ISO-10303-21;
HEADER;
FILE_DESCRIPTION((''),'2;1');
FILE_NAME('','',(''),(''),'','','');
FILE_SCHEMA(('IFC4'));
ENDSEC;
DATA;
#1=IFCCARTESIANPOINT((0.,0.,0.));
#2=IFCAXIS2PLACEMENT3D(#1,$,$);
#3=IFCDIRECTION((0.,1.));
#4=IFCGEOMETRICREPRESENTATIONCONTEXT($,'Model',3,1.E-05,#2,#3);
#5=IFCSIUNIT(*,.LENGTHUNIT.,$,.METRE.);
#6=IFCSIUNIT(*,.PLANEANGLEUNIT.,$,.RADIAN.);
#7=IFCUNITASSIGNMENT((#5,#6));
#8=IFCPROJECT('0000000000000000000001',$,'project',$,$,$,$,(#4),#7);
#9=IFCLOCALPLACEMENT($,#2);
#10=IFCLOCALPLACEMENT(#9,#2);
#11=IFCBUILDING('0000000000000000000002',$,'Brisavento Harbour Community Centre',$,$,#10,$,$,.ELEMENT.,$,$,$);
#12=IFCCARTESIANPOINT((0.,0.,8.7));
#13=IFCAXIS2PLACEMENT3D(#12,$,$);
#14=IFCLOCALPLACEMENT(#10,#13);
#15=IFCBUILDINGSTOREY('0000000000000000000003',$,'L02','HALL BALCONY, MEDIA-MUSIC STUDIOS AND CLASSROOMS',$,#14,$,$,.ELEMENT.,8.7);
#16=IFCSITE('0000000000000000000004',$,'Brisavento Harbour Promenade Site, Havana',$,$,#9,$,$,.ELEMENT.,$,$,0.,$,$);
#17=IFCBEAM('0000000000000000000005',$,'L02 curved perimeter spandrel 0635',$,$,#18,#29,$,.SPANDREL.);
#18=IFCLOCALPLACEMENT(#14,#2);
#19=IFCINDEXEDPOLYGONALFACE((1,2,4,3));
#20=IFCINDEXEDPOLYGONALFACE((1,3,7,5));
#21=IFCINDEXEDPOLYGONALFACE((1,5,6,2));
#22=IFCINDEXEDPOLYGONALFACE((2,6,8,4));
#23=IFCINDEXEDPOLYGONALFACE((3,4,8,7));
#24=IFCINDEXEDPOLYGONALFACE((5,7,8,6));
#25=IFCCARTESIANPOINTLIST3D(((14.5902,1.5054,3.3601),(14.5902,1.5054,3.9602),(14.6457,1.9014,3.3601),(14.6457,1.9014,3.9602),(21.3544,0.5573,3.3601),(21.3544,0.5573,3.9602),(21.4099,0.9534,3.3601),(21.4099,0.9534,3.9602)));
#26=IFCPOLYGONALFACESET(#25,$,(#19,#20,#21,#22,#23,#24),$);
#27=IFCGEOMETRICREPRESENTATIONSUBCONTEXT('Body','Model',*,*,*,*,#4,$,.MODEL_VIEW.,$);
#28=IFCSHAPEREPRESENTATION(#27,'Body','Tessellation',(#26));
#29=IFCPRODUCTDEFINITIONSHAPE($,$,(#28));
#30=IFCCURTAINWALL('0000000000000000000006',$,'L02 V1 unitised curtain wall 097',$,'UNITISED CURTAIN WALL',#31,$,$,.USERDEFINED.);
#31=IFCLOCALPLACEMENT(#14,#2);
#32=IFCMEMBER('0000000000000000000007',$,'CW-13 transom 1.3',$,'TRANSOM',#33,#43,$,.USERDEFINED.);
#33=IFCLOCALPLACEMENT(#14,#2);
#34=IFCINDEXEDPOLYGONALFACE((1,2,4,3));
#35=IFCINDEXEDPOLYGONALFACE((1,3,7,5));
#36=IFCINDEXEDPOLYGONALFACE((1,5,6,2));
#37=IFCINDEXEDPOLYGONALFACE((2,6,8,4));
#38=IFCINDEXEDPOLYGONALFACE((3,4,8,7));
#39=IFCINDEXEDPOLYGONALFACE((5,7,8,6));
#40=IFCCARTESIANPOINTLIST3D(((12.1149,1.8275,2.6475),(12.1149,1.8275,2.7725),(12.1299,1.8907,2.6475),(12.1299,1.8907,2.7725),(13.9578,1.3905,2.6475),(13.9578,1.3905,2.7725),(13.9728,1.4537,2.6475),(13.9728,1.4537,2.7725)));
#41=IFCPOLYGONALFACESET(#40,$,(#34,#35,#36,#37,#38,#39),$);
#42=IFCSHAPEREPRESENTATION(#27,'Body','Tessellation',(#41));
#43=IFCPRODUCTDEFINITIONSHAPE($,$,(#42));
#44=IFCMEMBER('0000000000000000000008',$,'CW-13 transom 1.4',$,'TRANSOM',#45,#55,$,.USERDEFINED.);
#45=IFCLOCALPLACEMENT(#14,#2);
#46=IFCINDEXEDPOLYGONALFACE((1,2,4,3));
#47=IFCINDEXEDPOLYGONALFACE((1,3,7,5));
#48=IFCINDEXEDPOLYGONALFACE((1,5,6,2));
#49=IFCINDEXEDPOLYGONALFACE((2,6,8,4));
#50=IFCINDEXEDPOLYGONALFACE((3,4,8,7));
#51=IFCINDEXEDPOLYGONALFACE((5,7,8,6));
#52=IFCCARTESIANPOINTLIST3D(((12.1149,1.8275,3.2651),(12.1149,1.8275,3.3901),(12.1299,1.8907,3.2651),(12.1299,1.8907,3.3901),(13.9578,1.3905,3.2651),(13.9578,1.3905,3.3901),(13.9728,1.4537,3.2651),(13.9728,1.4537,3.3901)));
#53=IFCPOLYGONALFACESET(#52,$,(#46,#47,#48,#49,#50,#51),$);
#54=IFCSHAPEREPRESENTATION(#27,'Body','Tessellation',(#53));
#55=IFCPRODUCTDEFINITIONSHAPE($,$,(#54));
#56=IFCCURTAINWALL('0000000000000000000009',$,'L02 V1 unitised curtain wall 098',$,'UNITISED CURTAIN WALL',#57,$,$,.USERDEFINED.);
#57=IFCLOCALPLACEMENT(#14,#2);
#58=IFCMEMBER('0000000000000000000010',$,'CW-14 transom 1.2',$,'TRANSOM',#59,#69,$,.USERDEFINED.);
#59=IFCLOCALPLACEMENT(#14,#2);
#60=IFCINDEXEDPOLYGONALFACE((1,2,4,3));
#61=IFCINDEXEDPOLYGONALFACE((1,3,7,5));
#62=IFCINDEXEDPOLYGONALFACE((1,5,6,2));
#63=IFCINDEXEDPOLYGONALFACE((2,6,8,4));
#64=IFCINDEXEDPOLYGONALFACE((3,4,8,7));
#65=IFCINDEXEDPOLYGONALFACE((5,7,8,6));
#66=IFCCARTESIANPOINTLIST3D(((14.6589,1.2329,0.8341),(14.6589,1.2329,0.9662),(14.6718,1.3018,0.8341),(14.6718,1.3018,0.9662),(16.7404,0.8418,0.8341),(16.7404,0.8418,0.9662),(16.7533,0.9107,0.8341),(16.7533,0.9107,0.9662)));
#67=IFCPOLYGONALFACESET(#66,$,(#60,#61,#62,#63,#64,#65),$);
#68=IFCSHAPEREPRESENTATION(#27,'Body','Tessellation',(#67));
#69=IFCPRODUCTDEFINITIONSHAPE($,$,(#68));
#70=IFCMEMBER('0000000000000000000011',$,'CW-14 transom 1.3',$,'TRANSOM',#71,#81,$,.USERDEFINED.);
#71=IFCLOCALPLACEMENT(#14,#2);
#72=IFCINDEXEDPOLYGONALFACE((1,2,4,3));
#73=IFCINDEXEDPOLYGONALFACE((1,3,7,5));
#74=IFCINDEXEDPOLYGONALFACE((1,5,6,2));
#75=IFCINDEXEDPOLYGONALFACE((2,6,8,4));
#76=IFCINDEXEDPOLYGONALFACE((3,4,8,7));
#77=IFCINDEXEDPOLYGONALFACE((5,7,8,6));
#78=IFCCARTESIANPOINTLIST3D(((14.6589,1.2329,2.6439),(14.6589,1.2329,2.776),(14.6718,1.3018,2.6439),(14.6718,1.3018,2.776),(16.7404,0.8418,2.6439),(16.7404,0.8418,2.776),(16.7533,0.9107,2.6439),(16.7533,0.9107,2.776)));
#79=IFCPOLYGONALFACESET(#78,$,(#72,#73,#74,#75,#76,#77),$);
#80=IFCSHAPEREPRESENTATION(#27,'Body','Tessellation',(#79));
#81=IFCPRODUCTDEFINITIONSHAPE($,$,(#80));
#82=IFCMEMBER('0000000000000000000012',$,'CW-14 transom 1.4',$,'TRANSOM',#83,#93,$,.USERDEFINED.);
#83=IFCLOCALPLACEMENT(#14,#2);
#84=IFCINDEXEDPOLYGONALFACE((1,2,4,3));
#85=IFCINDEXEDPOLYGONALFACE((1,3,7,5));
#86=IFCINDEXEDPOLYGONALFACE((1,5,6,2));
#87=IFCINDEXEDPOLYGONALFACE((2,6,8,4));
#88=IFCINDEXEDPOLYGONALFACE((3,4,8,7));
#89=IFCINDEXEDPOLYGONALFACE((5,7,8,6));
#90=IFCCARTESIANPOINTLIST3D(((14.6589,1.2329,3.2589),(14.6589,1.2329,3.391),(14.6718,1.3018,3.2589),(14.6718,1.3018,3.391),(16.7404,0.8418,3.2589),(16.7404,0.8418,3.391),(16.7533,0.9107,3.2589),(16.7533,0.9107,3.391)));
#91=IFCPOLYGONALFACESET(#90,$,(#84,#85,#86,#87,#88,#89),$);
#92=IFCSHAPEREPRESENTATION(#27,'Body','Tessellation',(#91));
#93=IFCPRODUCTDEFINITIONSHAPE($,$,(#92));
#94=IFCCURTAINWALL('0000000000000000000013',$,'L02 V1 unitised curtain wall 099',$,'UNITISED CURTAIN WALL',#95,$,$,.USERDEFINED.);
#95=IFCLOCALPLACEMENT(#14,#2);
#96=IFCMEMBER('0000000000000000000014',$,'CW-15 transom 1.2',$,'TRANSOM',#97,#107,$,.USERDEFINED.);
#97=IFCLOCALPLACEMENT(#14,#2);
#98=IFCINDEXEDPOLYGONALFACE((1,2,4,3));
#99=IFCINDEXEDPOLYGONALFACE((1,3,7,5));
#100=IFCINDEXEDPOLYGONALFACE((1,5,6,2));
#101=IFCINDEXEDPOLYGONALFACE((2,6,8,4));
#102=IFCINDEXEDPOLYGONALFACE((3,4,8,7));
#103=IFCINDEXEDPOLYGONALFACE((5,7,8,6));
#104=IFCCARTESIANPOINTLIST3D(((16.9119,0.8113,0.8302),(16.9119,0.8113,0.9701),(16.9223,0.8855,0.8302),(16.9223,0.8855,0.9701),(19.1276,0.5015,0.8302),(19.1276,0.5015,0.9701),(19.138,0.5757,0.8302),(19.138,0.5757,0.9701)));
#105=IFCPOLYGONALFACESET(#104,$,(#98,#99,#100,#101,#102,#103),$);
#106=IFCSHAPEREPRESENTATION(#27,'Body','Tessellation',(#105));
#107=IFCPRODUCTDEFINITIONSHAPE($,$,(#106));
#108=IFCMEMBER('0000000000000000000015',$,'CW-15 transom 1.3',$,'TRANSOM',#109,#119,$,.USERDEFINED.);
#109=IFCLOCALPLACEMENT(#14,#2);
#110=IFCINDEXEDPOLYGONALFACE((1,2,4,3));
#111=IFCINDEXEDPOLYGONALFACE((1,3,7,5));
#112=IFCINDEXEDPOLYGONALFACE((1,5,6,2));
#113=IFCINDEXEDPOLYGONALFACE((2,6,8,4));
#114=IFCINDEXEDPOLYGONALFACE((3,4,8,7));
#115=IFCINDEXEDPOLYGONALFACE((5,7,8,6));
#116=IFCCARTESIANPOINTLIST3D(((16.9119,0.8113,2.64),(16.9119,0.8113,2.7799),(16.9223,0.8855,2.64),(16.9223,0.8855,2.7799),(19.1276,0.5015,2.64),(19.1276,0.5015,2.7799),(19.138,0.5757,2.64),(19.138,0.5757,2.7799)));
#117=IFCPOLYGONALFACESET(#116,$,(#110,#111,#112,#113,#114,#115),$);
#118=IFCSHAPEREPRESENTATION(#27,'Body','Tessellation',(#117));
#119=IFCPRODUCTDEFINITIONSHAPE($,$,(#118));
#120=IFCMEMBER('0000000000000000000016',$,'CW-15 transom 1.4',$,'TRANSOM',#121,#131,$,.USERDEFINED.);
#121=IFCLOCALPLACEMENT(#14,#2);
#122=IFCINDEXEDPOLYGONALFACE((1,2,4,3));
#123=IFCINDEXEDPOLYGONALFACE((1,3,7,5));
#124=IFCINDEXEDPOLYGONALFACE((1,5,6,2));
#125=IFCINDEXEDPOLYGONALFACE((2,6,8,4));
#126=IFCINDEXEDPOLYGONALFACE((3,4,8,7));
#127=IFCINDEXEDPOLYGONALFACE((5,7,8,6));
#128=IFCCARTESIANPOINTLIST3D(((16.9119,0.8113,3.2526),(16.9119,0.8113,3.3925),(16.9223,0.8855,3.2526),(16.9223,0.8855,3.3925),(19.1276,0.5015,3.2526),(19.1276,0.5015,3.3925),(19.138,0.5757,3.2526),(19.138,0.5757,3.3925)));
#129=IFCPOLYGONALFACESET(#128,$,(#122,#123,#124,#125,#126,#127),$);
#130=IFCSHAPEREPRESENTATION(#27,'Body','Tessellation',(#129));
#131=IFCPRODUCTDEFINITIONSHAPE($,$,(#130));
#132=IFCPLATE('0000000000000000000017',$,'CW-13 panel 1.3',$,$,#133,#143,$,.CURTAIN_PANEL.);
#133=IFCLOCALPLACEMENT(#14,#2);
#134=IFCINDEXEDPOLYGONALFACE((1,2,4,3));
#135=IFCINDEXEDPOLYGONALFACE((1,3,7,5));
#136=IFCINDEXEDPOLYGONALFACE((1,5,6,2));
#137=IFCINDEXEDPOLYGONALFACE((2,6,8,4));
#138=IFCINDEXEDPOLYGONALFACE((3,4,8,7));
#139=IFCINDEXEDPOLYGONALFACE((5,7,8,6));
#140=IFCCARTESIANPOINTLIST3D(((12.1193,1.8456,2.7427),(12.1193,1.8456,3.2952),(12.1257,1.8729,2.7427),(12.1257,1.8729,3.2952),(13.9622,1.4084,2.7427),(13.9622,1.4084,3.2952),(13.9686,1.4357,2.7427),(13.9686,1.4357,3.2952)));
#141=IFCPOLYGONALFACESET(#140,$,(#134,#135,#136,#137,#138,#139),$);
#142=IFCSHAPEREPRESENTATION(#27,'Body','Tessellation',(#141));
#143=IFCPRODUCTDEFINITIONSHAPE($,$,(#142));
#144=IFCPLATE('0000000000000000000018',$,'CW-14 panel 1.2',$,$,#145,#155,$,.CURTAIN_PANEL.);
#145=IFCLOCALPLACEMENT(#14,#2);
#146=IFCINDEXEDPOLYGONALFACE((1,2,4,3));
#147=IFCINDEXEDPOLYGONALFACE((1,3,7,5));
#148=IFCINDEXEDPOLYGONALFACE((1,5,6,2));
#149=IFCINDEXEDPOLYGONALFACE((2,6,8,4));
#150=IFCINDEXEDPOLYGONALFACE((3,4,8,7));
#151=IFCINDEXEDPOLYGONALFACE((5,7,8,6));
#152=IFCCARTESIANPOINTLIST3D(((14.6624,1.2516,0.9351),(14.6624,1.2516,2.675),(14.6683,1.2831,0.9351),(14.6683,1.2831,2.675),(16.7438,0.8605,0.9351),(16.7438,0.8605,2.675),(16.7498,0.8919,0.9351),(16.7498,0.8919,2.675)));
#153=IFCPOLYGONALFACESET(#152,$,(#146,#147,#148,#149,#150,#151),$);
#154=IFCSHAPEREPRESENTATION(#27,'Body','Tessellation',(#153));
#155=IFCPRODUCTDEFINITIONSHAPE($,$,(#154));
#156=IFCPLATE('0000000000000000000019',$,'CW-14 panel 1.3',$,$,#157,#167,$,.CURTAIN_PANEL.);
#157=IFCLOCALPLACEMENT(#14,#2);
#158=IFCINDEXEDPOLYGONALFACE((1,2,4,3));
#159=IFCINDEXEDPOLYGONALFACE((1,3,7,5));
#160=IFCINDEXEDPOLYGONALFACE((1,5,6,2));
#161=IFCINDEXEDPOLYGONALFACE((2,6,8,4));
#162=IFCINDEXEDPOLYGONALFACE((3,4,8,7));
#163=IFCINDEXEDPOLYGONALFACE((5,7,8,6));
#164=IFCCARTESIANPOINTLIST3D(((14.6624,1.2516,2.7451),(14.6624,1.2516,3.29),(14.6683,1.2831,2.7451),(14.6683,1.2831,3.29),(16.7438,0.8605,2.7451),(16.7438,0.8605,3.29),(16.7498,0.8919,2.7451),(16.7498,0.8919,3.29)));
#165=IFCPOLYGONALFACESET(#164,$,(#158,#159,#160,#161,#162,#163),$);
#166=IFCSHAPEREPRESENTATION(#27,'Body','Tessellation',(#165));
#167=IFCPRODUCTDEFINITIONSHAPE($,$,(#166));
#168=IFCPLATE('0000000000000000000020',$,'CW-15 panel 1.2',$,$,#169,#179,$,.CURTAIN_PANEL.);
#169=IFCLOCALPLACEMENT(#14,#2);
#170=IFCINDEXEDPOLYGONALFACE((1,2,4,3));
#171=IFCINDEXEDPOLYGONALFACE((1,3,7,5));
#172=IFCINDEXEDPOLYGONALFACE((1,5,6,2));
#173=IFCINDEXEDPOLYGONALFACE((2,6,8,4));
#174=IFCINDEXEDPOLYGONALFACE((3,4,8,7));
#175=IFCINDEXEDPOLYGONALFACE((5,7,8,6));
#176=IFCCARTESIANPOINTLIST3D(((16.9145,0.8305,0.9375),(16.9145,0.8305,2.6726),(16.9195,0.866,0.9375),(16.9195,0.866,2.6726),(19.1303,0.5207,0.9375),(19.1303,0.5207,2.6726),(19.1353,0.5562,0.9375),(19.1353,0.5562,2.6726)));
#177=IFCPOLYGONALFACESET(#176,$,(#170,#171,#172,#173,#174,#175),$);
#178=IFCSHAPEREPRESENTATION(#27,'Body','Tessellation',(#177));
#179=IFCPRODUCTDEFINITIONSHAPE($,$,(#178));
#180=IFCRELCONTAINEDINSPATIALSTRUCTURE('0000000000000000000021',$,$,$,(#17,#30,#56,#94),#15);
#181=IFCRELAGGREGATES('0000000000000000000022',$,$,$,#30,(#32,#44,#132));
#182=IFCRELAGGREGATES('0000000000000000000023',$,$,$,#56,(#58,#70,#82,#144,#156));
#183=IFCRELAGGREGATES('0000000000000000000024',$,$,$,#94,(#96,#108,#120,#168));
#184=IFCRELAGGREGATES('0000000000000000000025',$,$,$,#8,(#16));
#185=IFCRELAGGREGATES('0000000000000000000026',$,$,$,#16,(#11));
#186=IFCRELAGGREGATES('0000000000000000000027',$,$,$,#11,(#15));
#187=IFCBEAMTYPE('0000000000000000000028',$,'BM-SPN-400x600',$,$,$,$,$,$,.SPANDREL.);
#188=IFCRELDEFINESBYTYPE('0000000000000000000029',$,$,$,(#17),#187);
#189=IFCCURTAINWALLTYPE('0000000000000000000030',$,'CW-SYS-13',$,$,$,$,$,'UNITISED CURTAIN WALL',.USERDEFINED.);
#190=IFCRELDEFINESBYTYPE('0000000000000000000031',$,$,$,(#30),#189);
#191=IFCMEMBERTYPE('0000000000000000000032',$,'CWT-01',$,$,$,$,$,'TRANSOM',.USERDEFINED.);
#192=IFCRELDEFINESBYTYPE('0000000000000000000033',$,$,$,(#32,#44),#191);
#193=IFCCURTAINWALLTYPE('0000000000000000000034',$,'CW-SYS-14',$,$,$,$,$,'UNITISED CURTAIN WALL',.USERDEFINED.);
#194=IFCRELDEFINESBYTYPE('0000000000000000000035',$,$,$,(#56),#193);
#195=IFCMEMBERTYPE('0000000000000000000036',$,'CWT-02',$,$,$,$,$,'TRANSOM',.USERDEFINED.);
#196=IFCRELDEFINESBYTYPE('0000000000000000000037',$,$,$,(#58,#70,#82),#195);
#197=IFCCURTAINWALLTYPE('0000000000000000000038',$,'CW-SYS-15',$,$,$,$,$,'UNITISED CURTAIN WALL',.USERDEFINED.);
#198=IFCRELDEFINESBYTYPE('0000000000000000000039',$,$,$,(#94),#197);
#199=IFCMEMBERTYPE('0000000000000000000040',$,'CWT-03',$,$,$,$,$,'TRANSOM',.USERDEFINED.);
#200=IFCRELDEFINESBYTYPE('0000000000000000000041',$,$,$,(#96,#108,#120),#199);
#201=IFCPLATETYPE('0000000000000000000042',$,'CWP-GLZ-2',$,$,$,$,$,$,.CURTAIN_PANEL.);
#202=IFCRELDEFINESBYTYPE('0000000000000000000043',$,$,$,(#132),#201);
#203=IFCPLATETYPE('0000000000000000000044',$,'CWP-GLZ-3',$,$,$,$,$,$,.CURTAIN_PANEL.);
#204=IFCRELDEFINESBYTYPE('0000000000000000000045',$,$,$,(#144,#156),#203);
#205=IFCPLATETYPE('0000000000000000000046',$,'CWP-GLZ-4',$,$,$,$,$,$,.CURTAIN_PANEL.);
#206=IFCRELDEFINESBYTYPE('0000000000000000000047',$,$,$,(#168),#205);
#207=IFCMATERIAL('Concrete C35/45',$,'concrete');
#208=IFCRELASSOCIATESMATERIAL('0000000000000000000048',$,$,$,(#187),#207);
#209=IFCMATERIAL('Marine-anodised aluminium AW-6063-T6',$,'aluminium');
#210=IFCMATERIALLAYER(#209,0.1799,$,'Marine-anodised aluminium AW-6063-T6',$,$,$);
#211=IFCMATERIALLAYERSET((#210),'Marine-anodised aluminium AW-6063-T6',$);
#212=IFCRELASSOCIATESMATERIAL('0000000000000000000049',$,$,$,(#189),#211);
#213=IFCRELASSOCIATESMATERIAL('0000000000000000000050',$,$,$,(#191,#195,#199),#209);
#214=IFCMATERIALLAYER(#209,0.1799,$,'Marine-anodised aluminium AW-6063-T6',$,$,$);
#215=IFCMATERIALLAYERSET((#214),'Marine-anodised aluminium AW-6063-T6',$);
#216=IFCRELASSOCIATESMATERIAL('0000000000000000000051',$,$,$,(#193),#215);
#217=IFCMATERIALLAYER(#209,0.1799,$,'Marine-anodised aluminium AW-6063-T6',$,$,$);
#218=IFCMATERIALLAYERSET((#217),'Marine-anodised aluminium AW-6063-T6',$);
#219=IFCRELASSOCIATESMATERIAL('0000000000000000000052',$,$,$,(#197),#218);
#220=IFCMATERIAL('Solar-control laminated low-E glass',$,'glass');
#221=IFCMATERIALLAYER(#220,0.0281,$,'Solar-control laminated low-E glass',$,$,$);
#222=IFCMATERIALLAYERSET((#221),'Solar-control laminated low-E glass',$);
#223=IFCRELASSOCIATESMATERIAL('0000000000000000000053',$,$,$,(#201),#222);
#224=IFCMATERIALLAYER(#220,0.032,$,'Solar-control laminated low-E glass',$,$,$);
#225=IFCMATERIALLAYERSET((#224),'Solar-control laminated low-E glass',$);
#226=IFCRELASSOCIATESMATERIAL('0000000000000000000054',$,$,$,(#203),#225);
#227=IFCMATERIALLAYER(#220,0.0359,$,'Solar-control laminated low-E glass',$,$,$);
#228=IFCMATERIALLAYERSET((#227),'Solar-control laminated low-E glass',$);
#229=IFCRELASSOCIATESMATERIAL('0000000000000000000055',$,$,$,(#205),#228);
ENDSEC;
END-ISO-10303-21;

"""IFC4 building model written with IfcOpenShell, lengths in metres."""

from ifc_helpers import new_model, si_unit, direction, frame, origin, origin_2d, place, context, subcontext, project, spatial, rectangle, extrude, material, layer, layer_set, material_profile, profile_set, type_object, element, aggregate, save


model = new_model("IFC4")

# Units and contexts
model_context = context("Model", 3, precision=1e-05, world=origin(), true_north=direction((0.0, 1.0)))
body_context = subcontext(model_context, "Body", "Model", "MODEL_VIEW")
ifc_project = project(units=[si_unit("LENGTHUNIT", "METRE"), si_unit("PLANEANGLEUNIT", "RADIAN")], contexts=[model_context])

# Site, building, storey
site_placement = place(None, origin())
site = spatial("IfcSite", under=ifc_project, at=site_placement, Name="Brisavento Harbour Promenade Site, Havana", CompositionType="ELEMENT", RefElevation=0.0)
building_placement = place(site_placement, origin())
building = spatial("IfcBuilding", under=site, at=building_placement, Name="Brisavento Harbour Community Centre", CompositionType="ELEMENT")
storey_placement = place(building_placement, frame((0.0, 0.0, 8.7)))
storey = spatial("IfcBuildingStorey", under=building, at=storey_placement, Name="L02", Description="HALL BALCONY, MEDIA-MUSIC STUDIOS AND CLASSROOMS", CompositionType="ELEMENT", Elevation=8.7)

# Beam
ifc_material_1 = material(Name="Concrete C35/45", Category="concrete")
ifc_material_profile_1 = material_profile(ifc_material_1, rectangle(XDim=0.3999, YDim=0.6001, at=origin_2d()), Name="Concrete C35/45")
ifc_profile_set_1 = profile_set([ifc_material_profile_1], Name="Concrete C35/45")
beam_type = type_object("IfcBeamType", Name="BM-SPN-400x600", PredefinedType="SPANDREL", material=ifc_profile_set_1)
beam_placement = place(storey_placement, frame((14.6179, 1.7034, 3.6602), z_axis=(0.990321, -0.138794, 0.0), x_axis=(0.138794, 0.990321, 0.0)))
element("IfcBeam", 1, at=beam_placement, inside=storey, type_object=beam_type, Name="L02 curved perimeter spandrel 0635", PredefinedType="SPANDREL", context=body_context, shape_type="SweptSolid", body=[
    extrude(rectangle(XDim=0.3999, YDim=0.6001, at=origin_2d()), origin(), (0.0, 0.0, 1.0), 6.8303),
])

# Curtain walls, members
ifc_material_2 = material(Name="Marine-anodised aluminium AW-6063-T6", Category="aluminium")
ifc_layer_1 = layer(ifc_material_2, 0.1799, Name="Marine-anodised aluminium AW-6063-T6")
ifc_layer_set_1 = layer_set([ifc_layer_1], Name="Marine-anodised aluminium AW-6063-T6")
curtain_wall_type_1 = type_object("IfcCurtainWallType", Name="CW-SYS-13", ElementType="UNITISED CURTAIN WALL", PredefinedType="USERDEFINED", material=ifc_layer_set_1)
curtain_wall_1_placement = place(storey_placement, origin())
curtain_wall_1 = element("IfcCurtainWall", 2, at=curtain_wall_1_placement, inside=storey, type_object=curtain_wall_type_1, Name="L02 V1 unitised curtain wall 097", ObjectType="UNITISED CURTAIN WALL", PredefinedType="USERDEFINED")
ifc_material_profile_2 = material_profile(ifc_material_2, rectangle(XDim=0.0649, YDim=0.125, at=origin_2d()), Name="Marine-anodised aluminium AW-6063-T6")
ifc_profile_set_2 = profile_set([ifc_material_profile_2], Name="Marine-anodised aluminium AW-6063-T6")
member_type_1 = type_object("IfcMemberType", Name="CWT-01", ElementType="TRANSOM", PredefinedType="USERDEFINED", material=ifc_profile_set_2)
member_1_placement = place(storey_placement, frame((13.9653, 1.4221, 2.71), z_axis=(-0.97302, 0.23072, 0.0), x_axis=(-0.23072, -0.97302, 0.0)))
member_1 = element("IfcMember", 3, at=member_1_placement, type_object=member_type_1, Name="CW-13 transom 1.3", ObjectType="TRANSOM", PredefinedType="USERDEFINED", context=body_context, shape_type="SweptSolid", body=[
    extrude(rectangle(XDim=0.0649, YDim=0.125, at=origin_2d()), origin(), (0.0, 0.0, 1.0), 1.894),
])
member_2_placement = place(storey_placement, frame((13.9653, 1.4221, 3.3276), z_axis=(-0.97302, 0.23072, 0.0), x_axis=(-0.23072, -0.97302, 0.0)))
member_2 = element("IfcMember", 4, at=member_2_placement, type_object=member_type_1, Name="CW-13 transom 1.4", ObjectType="TRANSOM", PredefinedType="USERDEFINED", context=body_context, shape_type="SweptSolid", body=[
    extrude(rectangle(XDim=0.0649, YDim=0.125, at=origin_2d()), origin(), (0.0, 0.0, 1.0), 1.894),
])
ifc_layer_2 = layer(ifc_material_2, 0.1799, Name="Marine-anodised aluminium AW-6063-T6")
ifc_layer_set_2 = layer_set([ifc_layer_2], Name="Marine-anodised aluminium AW-6063-T6")
curtain_wall_type_2 = type_object("IfcCurtainWallType", Name="CW-SYS-14", ElementType="UNITISED CURTAIN WALL", PredefinedType="USERDEFINED", material=ifc_layer_set_2)
curtain_wall_2_placement = place(storey_placement, origin())
curtain_wall_2 = element("IfcCurtainWall", 5, at=curtain_wall_2_placement, inside=storey, type_object=curtain_wall_type_2, Name="L02 V1 unitised curtain wall 098", ObjectType="UNITISED CURTAIN WALL", PredefinedType="USERDEFINED")
ifc_material_profile_3 = material_profile(ifc_material_2, rectangle(XDim=0.0701, YDim=0.1321, at=origin_2d()), Name="Marine-anodised aluminium AW-6063-T6")
ifc_profile_set_3 = profile_set([ifc_material_profile_3], Name="Marine-anodised aluminium AW-6063-T6")
member_type_2 = type_object("IfcMemberType", Name="CWT-02", ElementType="TRANSOM", PredefinedType="USERDEFINED", material=ifc_profile_set_3)
member_3_placement = place(storey_placement, frame((16.7468, 0.8762, 0.9001), z_axis=(-0.982802, 0.184664, 0.0), x_axis=(-0.184664, -0.982802, 0.0)))
member_3 = element("IfcMember", 6, at=member_3_placement, type_object=member_type_2, Name="CW-14 transom 1.2", ObjectType="TRANSOM", PredefinedType="USERDEFINED", context=body_context, shape_type="SweptSolid", body=[
    extrude(rectangle(XDim=0.0701, YDim=0.1321, at=origin_2d()), origin(), (0.0, 0.0, 1.0), 2.1179),
])
member_4_placement = place(storey_placement, frame((16.7468, 0.8762, 2.71), z_axis=(-0.982802, 0.184664, 0.0), x_axis=(-0.184664, -0.982802, 0.0)))
member_4 = element("IfcMember", 7, at=member_4_placement, type_object=member_type_2, Name="CW-14 transom 1.3", ObjectType="TRANSOM", PredefinedType="USERDEFINED", context=body_context, shape_type="SweptSolid", body=[
    extrude(rectangle(XDim=0.0701, YDim=0.1321, at=origin_2d()), origin(), (0.0, 0.0, 1.0), 2.1179),
])
member_5_placement = place(storey_placement, frame((16.7468, 0.8762, 3.325), z_axis=(-0.982802, 0.184664, 0.0), x_axis=(-0.184664, -0.982802, 0.0)))
member_5 = element("IfcMember", 8, at=member_5_placement, type_object=member_type_2, Name="CW-14 transom 1.4", ObjectType="TRANSOM", PredefinedType="USERDEFINED", context=body_context, shape_type="SweptSolid", body=[
    extrude(rectangle(XDim=0.0701, YDim=0.1321, at=origin_2d()), origin(), (0.0, 0.0, 1.0), 2.1179),
])
ifc_layer_3 = layer(ifc_material_2, 0.1799, Name="Marine-anodised aluminium AW-6063-T6")
ifc_layer_set_3 = layer_set([ifc_layer_3], Name="Marine-anodised aluminium AW-6063-T6")
curtain_wall_type_3 = type_object("IfcCurtainWallType", Name="CW-SYS-15", ElementType="UNITISED CURTAIN WALL", PredefinedType="USERDEFINED", material=ifc_layer_set_3)
curtain_wall_3_placement = place(storey_placement, origin())
curtain_wall_3 = element("IfcCurtainWall", 9, at=curtain_wall_3_placement, inside=storey, type_object=curtain_wall_type_3, Name="L02 V1 unitised curtain wall 099", ObjectType="UNITISED CURTAIN WALL", PredefinedType="USERDEFINED")
ifc_material_profile_4 = material_profile(ifc_material_2, rectangle(XDim=0.075, YDim=0.1399, at=origin_2d()), Name="Marine-anodised aluminium AW-6063-T6")
ifc_profile_set_4 = profile_set([ifc_material_profile_4], Name="Marine-anodised aluminium AW-6063-T6")
member_type_3 = type_object("IfcMemberType", Name="CWT-03", ElementType="TRANSOM", PredefinedType="USERDEFINED", material=ifc_profile_set_4)
member_6_placement = place(storey_placement, frame((19.1328, 0.5386, 0.9001), z_axis=(-0.990366, 0.138472, 0.0), x_axis=(-0.138472, -0.990366, 0.0)))
member_6 = element("IfcMember", 10, at=member_6_placement, type_object=member_type_3, Name="CW-15 transom 1.2", ObjectType="TRANSOM", PredefinedType="USERDEFINED", context=body_context, shape_type="SweptSolid", body=[
    extrude(rectangle(XDim=0.075, YDim=0.1399, at=origin_2d()), origin(), (0.0, 0.0, 1.0), 2.2373),
])
member_7_placement = place(storey_placement, frame((19.1328, 0.5386, 2.71), z_axis=(-0.990366, 0.138472, 0.0), x_axis=(-0.138472, -0.990366, 0.0)))
member_7 = element("IfcMember", 11, at=member_7_placement, type_object=member_type_3, Name="CW-15 transom 1.3", ObjectType="TRANSOM", PredefinedType="USERDEFINED", context=body_context, shape_type="SweptSolid", body=[
    extrude(rectangle(XDim=0.075, YDim=0.1399, at=origin_2d()), origin(), (0.0, 0.0, 1.0), 2.2373),
])
member_8_placement = place(storey_placement, frame((19.1328, 0.5386, 3.3225), z_axis=(-0.990366, 0.138472, 0.0), x_axis=(-0.138472, -0.990366, 0.0)))
member_8 = element("IfcMember", 12, at=member_8_placement, type_object=member_type_3, Name="CW-15 transom 1.4", ObjectType="TRANSOM", PredefinedType="USERDEFINED", context=body_context, shape_type="SweptSolid", body=[
    extrude(rectangle(XDim=0.075, YDim=0.1399, at=origin_2d()), origin(), (0.0, 0.0, 1.0), 2.2373),
])

# Plates
ifc_material_3 = material(Name="Solar-control laminated low-E glass", Category="glass")
ifc_layer_4 = layer(ifc_material_3, 0.0281, Name="Solar-control laminated low-E glass")
ifc_layer_set_4 = layer_set([ifc_layer_4], Name="Solar-control laminated low-E glass")
plate_type_1 = type_object("IfcPlateType", Name="CWP-GLZ-2", PredefinedType="CURTAIN_PANEL", material=ifc_layer_set_4)
plate_1_placement = place(storey_placement, frame((13.0439, 1.6406, 2.7427), z_axis=(0.0, 0.0, 1.0), x_axis=(-0.972998, 0.230812, 0.0)))
plate_1 = element("IfcPlate", 13, at=plate_1_placement, type_object=plate_type_1, Name="CW-13 panel 1.3", PredefinedType="CURTAIN_PANEL", context=body_context, shape_type="SweptSolid", body=[
    extrude(rectangle(XDim=1.894, YDim=0.0281, at=origin_2d()), origin(), (0.0, 0.0, 1.0), 0.5525),
])
aggregate(curtain_wall_1, [member_1, member_2, plate_1])
ifc_layer_5 = layer(ifc_material_3, 0.032, Name="Solar-control laminated low-E glass")
ifc_layer_set_5 = layer_set([ifc_layer_5], Name="Solar-control laminated low-E glass")
plate_type_2 = type_object("IfcPlateType", Name="CWP-GLZ-3", PredefinedType="CURTAIN_PANEL", material=ifc_layer_set_5)
plate_2_placement = place(storey_placement, frame((15.7061, 1.0718, 0.9351), z_axis=(0.0, 0.0, 1.0), x_axis=(-0.982797, 0.18469, 0.0)))
plate_2 = element("IfcPlate", 14, at=plate_2_placement, type_object=plate_type_2, Name="CW-14 panel 1.2", PredefinedType="CURTAIN_PANEL", context=body_context, shape_type="SweptSolid", body=[
    extrude(rectangle(XDim=2.1179, YDim=0.032, at=origin_2d()), origin(), (0.0, 0.0, 1.0), 1.74),
])
plate_3_placement = place(storey_placement, frame((15.7061, 1.0718, 2.7451), z_axis=(0.0, 0.0, 1.0), x_axis=(-0.982797, 0.18469, 0.0)))
plate_3 = element("IfcPlate", 15, at=plate_3_placement, type_object=plate_type_2, Name="CW-14 panel 1.3", PredefinedType="CURTAIN_PANEL", context=body_context, shape_type="SweptSolid", body=[
    extrude(rectangle(XDim=2.1179, YDim=0.032, at=origin_2d()), origin(), (0.0, 0.0, 1.0), 0.5449),
])
aggregate(curtain_wall_2, [member_3, member_4, member_5, plate_2, plate_3])
ifc_layer_6 = layer(ifc_material_3, 0.0359, Name="Solar-control laminated low-E glass")
ifc_layer_set_6 = layer_set([ifc_layer_6], Name="Solar-control laminated low-E glass")
plate_type_3 = type_object("IfcPlateType", Name="CWP-GLZ-4", PredefinedType="CURTAIN_PANEL", material=ifc_layer_set_6)
plate_4_placement = place(storey_placement, frame((18.0249, 0.6934, 0.9375), z_axis=(0.0, 0.0, 1.0), x_axis=(-0.990366, 0.138477, 0.0)))
plate_4 = element("IfcPlate", 16, at=plate_4_placement, type_object=plate_type_3, Name="CW-15 panel 1.2", PredefinedType="CURTAIN_PANEL", context=body_context, shape_type="SweptSolid", body=[
    extrude(rectangle(XDim=2.2373, YDim=0.0359, at=origin_2d()), origin(), (0.0, 0.0, 1.0), 1.7351),
])
aggregate(curtain_wall_3, [member_6, member_7, member_8, plate_4])

save(model, "model.ifc")
